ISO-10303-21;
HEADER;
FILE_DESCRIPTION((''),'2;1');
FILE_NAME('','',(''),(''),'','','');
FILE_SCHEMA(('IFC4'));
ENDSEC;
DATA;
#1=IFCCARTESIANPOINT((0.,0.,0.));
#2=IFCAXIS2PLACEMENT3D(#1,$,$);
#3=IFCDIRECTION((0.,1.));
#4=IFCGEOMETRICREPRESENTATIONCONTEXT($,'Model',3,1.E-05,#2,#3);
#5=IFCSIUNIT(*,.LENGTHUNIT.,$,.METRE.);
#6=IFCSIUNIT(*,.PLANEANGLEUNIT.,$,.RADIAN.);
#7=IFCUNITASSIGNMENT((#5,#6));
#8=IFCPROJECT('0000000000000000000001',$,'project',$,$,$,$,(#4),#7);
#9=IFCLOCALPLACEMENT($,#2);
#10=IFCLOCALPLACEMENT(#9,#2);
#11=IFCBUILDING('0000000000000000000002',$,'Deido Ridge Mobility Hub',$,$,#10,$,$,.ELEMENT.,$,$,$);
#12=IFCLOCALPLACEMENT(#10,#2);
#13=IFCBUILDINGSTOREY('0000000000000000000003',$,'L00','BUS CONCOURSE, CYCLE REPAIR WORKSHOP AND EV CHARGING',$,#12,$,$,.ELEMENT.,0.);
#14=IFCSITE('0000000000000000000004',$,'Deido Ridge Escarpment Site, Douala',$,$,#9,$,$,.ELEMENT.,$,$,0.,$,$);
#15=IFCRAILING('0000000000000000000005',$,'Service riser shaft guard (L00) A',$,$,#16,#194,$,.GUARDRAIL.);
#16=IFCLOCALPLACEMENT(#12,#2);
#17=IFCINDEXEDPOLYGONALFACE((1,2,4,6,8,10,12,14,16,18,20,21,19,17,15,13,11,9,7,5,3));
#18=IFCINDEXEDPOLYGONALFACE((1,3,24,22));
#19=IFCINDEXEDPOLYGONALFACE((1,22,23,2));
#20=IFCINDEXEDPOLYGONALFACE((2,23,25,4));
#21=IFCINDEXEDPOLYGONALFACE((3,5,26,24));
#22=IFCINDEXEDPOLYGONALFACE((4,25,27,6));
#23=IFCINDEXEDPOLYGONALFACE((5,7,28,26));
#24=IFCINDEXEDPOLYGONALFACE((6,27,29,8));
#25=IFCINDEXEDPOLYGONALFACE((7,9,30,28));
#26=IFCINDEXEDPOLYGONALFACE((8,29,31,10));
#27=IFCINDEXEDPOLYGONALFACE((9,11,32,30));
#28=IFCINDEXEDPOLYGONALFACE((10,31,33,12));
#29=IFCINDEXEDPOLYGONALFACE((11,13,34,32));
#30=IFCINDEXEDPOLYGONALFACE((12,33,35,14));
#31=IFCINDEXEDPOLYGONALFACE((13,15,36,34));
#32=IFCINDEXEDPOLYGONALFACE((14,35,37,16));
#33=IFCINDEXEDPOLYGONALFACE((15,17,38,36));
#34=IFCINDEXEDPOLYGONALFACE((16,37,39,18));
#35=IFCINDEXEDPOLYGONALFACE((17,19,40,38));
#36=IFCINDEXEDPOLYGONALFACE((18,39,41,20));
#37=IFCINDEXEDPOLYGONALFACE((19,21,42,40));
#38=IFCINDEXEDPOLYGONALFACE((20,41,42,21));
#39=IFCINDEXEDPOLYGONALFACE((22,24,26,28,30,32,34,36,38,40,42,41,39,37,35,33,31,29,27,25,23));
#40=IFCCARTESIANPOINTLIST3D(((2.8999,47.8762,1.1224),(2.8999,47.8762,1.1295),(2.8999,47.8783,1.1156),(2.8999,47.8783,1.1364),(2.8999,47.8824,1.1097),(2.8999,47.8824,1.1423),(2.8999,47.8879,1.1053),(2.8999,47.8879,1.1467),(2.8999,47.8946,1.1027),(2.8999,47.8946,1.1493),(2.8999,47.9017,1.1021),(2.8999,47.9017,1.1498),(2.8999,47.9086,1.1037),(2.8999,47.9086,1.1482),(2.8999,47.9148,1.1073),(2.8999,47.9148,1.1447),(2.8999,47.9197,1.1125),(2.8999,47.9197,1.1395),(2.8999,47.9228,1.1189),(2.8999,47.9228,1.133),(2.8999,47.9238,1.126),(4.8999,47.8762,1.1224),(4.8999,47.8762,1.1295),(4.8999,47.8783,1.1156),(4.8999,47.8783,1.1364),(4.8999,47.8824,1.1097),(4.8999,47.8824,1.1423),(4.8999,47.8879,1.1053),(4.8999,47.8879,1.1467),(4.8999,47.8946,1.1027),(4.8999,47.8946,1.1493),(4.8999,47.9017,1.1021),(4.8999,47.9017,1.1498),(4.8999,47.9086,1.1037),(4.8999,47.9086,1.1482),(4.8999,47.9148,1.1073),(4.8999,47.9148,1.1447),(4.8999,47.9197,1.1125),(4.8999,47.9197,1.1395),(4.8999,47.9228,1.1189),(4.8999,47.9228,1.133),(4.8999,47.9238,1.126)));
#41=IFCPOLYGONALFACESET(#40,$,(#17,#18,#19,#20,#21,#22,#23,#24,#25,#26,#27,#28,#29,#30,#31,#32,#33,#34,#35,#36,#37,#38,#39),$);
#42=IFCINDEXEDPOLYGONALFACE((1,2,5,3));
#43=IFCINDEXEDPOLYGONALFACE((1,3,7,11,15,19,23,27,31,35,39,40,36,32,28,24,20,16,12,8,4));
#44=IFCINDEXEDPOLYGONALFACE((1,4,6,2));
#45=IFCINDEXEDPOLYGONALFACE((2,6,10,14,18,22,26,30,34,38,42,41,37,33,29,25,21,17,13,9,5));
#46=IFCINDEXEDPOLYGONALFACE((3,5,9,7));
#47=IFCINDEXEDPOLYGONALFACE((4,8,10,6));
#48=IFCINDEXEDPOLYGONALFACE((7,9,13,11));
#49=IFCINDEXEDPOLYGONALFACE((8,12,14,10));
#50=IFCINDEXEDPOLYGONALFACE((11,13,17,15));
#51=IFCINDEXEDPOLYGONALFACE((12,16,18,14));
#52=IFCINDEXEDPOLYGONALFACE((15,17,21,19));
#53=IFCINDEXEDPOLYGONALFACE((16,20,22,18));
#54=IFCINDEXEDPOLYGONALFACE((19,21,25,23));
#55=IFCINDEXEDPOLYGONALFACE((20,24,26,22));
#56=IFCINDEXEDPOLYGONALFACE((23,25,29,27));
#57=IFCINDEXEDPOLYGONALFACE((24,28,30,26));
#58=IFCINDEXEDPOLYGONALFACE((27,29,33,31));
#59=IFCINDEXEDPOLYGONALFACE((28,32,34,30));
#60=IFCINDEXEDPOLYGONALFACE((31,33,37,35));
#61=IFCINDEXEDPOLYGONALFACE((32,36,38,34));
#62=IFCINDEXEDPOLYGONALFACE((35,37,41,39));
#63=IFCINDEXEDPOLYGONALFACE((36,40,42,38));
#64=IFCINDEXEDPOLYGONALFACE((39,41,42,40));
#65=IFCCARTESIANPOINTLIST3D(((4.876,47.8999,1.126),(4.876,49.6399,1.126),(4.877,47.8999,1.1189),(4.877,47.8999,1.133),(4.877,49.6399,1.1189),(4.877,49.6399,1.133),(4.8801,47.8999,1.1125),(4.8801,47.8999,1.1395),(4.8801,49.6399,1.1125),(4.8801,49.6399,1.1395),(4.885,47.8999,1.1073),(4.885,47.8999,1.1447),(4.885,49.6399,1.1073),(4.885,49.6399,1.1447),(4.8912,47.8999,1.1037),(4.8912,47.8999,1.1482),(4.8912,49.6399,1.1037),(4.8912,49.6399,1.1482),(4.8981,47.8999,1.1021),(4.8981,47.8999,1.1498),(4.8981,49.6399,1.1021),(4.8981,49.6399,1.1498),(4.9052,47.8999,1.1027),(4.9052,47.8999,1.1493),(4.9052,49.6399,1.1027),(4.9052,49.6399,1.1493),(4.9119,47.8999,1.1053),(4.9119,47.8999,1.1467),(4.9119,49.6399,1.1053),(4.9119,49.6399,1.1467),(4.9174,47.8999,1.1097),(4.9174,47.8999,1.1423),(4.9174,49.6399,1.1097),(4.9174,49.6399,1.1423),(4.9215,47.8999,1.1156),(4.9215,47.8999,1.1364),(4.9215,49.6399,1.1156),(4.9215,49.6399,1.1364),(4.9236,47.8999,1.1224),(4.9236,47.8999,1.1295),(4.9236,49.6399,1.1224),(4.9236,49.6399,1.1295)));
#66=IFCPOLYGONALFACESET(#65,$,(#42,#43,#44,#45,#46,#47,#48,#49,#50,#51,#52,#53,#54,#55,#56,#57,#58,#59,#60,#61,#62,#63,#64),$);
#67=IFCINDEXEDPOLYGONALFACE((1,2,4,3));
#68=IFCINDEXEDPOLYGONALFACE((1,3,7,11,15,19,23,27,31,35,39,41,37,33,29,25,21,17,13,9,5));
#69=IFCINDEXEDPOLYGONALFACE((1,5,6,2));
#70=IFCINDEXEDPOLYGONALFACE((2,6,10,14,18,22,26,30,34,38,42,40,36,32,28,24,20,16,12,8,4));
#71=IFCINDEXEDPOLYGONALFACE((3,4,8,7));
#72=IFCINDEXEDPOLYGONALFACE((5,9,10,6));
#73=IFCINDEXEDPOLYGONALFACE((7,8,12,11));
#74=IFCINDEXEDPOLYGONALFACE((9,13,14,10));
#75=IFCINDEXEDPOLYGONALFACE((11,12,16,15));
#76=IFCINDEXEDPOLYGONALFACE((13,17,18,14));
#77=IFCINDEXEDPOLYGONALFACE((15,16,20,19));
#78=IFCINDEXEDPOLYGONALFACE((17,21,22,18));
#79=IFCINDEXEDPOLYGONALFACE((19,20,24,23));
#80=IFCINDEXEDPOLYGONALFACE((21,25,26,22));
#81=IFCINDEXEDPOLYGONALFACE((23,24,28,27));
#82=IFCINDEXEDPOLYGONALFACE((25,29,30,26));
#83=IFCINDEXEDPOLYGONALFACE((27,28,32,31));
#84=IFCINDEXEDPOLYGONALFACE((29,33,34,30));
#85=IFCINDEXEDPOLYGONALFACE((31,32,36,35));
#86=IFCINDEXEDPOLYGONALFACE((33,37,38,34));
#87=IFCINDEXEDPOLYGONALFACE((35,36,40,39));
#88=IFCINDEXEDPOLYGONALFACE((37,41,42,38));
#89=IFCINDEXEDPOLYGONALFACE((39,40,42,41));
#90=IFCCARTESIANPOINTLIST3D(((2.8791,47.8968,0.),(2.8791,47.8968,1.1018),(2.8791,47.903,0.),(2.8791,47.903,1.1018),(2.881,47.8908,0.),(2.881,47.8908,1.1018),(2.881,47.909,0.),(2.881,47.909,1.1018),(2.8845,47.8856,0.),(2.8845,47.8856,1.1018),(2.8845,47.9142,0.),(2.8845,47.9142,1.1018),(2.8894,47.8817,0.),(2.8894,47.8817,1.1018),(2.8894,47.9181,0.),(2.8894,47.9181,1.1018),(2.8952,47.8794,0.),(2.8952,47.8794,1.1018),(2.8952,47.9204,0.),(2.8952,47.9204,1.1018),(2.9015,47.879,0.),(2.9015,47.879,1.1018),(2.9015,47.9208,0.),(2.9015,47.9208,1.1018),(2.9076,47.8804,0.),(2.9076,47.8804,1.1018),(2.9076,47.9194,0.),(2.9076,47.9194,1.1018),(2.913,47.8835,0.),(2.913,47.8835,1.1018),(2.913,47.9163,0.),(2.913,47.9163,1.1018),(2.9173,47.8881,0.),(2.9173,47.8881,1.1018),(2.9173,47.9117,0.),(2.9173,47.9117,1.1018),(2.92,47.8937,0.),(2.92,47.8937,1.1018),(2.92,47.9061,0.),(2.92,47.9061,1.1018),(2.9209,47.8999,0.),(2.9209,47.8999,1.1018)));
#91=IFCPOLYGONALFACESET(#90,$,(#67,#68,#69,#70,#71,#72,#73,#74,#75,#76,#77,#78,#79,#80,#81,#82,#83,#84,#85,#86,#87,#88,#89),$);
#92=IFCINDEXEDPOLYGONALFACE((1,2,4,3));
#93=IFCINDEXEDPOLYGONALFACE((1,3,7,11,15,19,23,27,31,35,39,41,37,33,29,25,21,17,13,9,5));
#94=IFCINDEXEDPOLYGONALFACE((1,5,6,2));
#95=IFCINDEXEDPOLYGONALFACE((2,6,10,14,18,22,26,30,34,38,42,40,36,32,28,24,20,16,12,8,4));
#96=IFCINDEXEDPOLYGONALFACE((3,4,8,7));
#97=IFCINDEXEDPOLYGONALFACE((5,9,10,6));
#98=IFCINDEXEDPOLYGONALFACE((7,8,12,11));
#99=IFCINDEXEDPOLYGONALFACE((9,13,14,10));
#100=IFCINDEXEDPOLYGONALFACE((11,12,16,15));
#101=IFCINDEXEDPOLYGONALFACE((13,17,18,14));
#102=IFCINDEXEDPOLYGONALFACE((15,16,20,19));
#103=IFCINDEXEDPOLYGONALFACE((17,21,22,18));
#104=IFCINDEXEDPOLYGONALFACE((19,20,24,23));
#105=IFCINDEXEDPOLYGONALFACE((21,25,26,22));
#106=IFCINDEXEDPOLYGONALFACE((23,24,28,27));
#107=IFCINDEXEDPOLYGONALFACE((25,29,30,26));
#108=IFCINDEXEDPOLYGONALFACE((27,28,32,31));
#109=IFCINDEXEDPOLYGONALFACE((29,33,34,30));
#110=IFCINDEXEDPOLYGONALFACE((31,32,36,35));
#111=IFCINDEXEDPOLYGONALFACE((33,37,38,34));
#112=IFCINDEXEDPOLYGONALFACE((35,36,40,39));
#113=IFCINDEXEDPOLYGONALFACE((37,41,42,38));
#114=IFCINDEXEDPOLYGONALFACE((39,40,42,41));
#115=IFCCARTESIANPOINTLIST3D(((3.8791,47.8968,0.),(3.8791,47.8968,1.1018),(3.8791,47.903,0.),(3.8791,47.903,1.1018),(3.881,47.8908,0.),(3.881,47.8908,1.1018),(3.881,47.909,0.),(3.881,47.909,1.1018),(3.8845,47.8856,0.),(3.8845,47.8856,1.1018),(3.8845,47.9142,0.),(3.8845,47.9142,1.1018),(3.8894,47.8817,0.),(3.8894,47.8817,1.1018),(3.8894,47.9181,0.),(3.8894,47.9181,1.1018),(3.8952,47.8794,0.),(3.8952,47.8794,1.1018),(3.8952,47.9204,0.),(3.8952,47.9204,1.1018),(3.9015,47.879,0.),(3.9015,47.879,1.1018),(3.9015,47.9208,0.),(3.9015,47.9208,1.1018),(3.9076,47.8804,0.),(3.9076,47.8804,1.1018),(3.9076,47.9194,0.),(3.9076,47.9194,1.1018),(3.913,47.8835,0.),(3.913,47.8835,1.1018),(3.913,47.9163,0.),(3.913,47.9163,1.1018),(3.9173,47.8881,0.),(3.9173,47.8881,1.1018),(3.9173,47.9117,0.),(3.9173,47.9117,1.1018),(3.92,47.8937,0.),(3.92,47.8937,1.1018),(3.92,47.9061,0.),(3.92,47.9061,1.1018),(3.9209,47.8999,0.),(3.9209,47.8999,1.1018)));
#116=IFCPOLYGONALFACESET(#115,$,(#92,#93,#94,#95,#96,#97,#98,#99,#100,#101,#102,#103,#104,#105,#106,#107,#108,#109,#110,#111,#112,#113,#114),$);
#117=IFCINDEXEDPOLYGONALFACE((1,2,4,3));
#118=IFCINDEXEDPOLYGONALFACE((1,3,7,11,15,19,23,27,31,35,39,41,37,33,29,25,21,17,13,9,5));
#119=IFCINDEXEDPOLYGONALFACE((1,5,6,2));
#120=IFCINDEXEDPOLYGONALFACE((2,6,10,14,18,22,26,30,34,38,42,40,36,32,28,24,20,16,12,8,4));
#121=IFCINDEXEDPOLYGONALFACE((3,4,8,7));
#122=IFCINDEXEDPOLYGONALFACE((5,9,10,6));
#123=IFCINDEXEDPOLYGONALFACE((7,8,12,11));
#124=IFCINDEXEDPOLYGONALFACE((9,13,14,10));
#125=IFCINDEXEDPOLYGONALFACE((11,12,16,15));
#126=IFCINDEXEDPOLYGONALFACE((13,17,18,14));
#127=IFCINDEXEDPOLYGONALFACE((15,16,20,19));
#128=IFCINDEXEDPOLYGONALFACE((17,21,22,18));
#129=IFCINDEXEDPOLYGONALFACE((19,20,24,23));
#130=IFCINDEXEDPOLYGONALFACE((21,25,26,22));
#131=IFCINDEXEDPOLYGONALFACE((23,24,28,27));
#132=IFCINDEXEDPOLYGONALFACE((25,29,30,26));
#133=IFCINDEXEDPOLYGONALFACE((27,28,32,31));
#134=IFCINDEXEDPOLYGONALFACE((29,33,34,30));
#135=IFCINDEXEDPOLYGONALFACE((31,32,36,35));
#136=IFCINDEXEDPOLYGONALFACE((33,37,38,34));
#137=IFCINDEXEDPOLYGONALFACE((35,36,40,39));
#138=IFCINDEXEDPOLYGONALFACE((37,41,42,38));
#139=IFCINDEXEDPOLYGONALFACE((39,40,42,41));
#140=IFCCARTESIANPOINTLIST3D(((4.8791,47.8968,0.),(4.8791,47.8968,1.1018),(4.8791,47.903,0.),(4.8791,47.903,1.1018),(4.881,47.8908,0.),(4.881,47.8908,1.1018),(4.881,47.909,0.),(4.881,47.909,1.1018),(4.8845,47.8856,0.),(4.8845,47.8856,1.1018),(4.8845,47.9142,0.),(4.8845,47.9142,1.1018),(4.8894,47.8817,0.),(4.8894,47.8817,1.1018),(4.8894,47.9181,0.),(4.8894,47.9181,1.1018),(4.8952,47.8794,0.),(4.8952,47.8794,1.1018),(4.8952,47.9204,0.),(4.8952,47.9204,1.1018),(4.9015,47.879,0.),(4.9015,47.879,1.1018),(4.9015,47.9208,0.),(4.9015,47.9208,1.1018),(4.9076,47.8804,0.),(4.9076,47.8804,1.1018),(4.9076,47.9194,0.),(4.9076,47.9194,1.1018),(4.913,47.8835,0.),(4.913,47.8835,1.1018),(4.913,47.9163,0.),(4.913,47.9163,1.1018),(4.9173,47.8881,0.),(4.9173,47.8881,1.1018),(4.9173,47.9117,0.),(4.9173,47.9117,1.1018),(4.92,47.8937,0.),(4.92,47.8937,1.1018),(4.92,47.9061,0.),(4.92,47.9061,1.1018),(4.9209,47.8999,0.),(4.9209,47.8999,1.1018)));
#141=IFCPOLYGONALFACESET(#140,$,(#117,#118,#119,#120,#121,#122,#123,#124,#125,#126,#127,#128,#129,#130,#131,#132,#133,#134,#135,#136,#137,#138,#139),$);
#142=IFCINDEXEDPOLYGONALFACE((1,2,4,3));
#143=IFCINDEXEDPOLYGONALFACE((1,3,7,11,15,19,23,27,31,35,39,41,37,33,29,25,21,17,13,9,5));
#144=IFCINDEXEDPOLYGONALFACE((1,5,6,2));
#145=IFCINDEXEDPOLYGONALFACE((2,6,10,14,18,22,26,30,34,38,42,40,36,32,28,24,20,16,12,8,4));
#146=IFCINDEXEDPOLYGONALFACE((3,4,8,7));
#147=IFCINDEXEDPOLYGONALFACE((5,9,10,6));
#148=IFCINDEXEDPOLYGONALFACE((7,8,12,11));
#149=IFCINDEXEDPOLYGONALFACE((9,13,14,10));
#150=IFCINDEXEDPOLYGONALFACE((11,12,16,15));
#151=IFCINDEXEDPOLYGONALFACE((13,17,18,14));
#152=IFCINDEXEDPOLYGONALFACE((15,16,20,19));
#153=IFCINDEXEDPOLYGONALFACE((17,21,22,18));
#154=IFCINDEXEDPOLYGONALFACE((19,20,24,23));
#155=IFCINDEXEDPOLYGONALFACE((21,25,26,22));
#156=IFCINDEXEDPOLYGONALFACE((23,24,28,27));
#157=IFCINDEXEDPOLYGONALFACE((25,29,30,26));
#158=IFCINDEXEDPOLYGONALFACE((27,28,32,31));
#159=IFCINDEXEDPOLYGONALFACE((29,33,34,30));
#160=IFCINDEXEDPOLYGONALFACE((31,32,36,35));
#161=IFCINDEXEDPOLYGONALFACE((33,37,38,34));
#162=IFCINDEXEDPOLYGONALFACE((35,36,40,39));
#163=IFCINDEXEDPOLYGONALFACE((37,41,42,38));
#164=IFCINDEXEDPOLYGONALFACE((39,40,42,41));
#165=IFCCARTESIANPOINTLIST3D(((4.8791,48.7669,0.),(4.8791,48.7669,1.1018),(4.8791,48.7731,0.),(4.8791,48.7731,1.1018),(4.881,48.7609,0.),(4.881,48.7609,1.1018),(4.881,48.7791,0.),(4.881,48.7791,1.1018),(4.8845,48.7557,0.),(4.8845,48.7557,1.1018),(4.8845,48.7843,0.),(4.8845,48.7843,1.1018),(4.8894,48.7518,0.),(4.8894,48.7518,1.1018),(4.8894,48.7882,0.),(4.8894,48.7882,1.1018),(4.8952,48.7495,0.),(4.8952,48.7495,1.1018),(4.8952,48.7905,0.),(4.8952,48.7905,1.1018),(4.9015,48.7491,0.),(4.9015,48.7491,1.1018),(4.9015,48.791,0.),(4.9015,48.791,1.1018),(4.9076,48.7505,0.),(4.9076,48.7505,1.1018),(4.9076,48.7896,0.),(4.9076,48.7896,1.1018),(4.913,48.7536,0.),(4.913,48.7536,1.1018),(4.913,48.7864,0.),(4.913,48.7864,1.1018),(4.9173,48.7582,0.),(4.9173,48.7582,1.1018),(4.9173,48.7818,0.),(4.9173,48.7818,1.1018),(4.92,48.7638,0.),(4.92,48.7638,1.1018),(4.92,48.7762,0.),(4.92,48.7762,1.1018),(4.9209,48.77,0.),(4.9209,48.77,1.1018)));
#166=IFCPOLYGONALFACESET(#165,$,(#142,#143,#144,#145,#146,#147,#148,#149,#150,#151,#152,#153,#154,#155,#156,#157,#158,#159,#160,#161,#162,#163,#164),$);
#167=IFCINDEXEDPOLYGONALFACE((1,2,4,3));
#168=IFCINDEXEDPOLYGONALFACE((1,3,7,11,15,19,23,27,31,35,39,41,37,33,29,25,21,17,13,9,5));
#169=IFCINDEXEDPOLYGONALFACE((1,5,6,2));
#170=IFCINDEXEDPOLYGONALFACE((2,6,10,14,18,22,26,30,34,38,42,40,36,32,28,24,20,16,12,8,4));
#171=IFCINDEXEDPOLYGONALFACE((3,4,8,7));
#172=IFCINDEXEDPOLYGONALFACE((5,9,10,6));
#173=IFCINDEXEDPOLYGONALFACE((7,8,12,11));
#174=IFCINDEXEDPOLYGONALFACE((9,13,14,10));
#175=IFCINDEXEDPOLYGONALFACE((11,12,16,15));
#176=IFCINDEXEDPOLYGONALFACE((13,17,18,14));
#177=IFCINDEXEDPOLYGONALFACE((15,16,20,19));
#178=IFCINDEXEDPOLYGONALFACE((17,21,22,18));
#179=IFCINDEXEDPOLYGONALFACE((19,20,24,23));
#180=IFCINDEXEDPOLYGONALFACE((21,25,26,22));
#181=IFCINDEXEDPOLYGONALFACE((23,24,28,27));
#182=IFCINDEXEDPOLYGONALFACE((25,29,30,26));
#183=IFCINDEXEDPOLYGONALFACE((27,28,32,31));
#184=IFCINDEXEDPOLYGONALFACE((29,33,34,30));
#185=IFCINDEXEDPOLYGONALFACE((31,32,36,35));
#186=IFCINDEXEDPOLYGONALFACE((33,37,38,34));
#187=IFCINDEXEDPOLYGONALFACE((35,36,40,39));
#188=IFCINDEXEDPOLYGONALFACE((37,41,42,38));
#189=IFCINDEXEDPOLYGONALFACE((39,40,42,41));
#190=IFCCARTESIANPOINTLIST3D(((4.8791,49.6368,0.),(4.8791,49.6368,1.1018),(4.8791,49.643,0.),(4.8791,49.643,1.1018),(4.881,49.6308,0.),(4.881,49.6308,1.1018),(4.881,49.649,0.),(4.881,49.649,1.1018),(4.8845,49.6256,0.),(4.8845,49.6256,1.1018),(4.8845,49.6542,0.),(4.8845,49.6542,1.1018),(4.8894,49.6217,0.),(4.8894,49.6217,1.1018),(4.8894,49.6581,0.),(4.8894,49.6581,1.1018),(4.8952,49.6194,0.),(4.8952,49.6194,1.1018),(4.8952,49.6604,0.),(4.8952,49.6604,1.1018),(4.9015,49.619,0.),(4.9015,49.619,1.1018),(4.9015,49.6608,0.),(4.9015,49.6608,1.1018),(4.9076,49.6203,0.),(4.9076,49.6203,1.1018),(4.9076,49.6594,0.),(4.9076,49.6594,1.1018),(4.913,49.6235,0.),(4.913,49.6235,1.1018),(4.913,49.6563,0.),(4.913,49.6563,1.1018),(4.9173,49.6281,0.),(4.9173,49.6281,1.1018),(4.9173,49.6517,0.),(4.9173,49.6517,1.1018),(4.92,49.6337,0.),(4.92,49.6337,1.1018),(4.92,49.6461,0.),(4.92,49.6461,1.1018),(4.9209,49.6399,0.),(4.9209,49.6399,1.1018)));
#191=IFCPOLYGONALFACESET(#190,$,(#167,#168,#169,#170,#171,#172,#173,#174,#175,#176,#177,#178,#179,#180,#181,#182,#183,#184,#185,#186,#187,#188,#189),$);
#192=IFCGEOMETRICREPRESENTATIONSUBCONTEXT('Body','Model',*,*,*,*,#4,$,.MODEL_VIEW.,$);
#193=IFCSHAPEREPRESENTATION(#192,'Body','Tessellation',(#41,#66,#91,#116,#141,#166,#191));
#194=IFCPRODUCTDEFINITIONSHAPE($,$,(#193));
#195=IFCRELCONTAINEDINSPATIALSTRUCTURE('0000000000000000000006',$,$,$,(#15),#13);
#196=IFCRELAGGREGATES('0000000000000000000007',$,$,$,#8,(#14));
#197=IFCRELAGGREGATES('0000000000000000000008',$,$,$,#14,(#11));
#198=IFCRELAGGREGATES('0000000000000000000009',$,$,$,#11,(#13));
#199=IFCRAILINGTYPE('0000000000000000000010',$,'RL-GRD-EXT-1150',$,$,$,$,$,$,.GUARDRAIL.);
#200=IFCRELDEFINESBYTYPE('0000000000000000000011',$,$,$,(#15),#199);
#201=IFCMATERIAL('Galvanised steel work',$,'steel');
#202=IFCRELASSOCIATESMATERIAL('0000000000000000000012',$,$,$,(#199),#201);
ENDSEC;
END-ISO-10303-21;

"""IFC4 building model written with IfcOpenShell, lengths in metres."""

from ifc_helpers import new_model, si_unit, direction, frame, origin, origin_2d, place, context, subcontext, project, spatial, circle, extrude, material, type_object, element, save


model = new_model("IFC4")

# Units and contexts
model_context = context("Model", 3, precision=1e-05, world=origin(), true_north=direction((0.0, 1.0)))
body_context = subcontext(model_context, "Body", "Model", "MODEL_VIEW")
ifc_project = project(units=[si_unit("LENGTHUNIT", "METRE"), si_unit("PLANEANGLEUNIT", "RADIAN")], contexts=[model_context])

# Site, building, storey
site_placement = place(None, origin())
site = spatial("IfcSite", under=ifc_project, at=site_placement, Name="Deido Ridge Escarpment Site, Douala", CompositionType="ELEMENT", RefElevation=0.0)
building_placement = place(site_placement, origin())
building = spatial("IfcBuilding", under=site, at=building_placement, Name="Deido Ridge Mobility Hub", CompositionType="ELEMENT")
storey_placement = place(building_placement, origin())
storey = spatial("IfcBuildingStorey", under=building, at=storey_placement, Name="L00", Description="BUS CONCOURSE, CYCLE REPAIR WORKSHOP AND EV CHARGING", CompositionType="ELEMENT", Elevation=0.0)

# Railing
ifc_material_1 = material(Name="Galvanised steel work", Category="steel")
railing_type = type_object("IfcRailingType", Name="RL-GRD-EXT-1150", PredefinedType="GUARDRAIL", material=ifc_material_1)
railing_1_placement = place(storey_placement, frame((2.8999, 47.8999, 0.0)))
element("IfcRailing", 1, at=railing_1_placement, inside=storey, type_object=railing_type, Name="Service riser shaft guard (L00) A", PredefinedType="GUARDRAIL", context=body_context, shape_type="SweptSolid", body=[
    extrude(circle(Radius=0.0239, at=origin_2d()), frame((0.0, 0.0, 1.126), z_axis=(1.0, 0.0, 0.0), x_axis=(0.0, 1.0, 0.0)), (0.0, 0.0, 1.0), 2.0),
    extrude(circle(Radius=0.0239, at=origin_2d()), frame((2.0, 0.0, 1.126), z_axis=(0.0, 1.0, 0.0), x_axis=(-1.0, 0.0, 0.0)), (0.0, 0.0, 1.0), 1.74),
    extrude(circle(Radius=0.021, at=origin_2d()), origin(), (0.0, 0.0, 1.0), 1.1018),
    extrude(circle(Radius=0.021, at=origin_2d()), frame((1.0, 0.0, 0.0)), (0.0, 0.0, 1.0), 1.1018),
    extrude(circle(Radius=0.021, at=origin_2d()), frame((2.0, 0.0, 0.0)), (0.0, 0.0, 1.0), 1.1018),
    extrude(circle(Radius=0.021, at=origin_2d()), frame((2.0, 0.8701, 0.0)), (0.0, 0.0, 1.0), 1.1018),
    extrude(circle(Radius=0.021, at=origin_2d()), frame((2.0, 1.74, 0.0)), (0.0, 0.0, 1.0), 1.1018),
])

save(model, "model.ifc")
